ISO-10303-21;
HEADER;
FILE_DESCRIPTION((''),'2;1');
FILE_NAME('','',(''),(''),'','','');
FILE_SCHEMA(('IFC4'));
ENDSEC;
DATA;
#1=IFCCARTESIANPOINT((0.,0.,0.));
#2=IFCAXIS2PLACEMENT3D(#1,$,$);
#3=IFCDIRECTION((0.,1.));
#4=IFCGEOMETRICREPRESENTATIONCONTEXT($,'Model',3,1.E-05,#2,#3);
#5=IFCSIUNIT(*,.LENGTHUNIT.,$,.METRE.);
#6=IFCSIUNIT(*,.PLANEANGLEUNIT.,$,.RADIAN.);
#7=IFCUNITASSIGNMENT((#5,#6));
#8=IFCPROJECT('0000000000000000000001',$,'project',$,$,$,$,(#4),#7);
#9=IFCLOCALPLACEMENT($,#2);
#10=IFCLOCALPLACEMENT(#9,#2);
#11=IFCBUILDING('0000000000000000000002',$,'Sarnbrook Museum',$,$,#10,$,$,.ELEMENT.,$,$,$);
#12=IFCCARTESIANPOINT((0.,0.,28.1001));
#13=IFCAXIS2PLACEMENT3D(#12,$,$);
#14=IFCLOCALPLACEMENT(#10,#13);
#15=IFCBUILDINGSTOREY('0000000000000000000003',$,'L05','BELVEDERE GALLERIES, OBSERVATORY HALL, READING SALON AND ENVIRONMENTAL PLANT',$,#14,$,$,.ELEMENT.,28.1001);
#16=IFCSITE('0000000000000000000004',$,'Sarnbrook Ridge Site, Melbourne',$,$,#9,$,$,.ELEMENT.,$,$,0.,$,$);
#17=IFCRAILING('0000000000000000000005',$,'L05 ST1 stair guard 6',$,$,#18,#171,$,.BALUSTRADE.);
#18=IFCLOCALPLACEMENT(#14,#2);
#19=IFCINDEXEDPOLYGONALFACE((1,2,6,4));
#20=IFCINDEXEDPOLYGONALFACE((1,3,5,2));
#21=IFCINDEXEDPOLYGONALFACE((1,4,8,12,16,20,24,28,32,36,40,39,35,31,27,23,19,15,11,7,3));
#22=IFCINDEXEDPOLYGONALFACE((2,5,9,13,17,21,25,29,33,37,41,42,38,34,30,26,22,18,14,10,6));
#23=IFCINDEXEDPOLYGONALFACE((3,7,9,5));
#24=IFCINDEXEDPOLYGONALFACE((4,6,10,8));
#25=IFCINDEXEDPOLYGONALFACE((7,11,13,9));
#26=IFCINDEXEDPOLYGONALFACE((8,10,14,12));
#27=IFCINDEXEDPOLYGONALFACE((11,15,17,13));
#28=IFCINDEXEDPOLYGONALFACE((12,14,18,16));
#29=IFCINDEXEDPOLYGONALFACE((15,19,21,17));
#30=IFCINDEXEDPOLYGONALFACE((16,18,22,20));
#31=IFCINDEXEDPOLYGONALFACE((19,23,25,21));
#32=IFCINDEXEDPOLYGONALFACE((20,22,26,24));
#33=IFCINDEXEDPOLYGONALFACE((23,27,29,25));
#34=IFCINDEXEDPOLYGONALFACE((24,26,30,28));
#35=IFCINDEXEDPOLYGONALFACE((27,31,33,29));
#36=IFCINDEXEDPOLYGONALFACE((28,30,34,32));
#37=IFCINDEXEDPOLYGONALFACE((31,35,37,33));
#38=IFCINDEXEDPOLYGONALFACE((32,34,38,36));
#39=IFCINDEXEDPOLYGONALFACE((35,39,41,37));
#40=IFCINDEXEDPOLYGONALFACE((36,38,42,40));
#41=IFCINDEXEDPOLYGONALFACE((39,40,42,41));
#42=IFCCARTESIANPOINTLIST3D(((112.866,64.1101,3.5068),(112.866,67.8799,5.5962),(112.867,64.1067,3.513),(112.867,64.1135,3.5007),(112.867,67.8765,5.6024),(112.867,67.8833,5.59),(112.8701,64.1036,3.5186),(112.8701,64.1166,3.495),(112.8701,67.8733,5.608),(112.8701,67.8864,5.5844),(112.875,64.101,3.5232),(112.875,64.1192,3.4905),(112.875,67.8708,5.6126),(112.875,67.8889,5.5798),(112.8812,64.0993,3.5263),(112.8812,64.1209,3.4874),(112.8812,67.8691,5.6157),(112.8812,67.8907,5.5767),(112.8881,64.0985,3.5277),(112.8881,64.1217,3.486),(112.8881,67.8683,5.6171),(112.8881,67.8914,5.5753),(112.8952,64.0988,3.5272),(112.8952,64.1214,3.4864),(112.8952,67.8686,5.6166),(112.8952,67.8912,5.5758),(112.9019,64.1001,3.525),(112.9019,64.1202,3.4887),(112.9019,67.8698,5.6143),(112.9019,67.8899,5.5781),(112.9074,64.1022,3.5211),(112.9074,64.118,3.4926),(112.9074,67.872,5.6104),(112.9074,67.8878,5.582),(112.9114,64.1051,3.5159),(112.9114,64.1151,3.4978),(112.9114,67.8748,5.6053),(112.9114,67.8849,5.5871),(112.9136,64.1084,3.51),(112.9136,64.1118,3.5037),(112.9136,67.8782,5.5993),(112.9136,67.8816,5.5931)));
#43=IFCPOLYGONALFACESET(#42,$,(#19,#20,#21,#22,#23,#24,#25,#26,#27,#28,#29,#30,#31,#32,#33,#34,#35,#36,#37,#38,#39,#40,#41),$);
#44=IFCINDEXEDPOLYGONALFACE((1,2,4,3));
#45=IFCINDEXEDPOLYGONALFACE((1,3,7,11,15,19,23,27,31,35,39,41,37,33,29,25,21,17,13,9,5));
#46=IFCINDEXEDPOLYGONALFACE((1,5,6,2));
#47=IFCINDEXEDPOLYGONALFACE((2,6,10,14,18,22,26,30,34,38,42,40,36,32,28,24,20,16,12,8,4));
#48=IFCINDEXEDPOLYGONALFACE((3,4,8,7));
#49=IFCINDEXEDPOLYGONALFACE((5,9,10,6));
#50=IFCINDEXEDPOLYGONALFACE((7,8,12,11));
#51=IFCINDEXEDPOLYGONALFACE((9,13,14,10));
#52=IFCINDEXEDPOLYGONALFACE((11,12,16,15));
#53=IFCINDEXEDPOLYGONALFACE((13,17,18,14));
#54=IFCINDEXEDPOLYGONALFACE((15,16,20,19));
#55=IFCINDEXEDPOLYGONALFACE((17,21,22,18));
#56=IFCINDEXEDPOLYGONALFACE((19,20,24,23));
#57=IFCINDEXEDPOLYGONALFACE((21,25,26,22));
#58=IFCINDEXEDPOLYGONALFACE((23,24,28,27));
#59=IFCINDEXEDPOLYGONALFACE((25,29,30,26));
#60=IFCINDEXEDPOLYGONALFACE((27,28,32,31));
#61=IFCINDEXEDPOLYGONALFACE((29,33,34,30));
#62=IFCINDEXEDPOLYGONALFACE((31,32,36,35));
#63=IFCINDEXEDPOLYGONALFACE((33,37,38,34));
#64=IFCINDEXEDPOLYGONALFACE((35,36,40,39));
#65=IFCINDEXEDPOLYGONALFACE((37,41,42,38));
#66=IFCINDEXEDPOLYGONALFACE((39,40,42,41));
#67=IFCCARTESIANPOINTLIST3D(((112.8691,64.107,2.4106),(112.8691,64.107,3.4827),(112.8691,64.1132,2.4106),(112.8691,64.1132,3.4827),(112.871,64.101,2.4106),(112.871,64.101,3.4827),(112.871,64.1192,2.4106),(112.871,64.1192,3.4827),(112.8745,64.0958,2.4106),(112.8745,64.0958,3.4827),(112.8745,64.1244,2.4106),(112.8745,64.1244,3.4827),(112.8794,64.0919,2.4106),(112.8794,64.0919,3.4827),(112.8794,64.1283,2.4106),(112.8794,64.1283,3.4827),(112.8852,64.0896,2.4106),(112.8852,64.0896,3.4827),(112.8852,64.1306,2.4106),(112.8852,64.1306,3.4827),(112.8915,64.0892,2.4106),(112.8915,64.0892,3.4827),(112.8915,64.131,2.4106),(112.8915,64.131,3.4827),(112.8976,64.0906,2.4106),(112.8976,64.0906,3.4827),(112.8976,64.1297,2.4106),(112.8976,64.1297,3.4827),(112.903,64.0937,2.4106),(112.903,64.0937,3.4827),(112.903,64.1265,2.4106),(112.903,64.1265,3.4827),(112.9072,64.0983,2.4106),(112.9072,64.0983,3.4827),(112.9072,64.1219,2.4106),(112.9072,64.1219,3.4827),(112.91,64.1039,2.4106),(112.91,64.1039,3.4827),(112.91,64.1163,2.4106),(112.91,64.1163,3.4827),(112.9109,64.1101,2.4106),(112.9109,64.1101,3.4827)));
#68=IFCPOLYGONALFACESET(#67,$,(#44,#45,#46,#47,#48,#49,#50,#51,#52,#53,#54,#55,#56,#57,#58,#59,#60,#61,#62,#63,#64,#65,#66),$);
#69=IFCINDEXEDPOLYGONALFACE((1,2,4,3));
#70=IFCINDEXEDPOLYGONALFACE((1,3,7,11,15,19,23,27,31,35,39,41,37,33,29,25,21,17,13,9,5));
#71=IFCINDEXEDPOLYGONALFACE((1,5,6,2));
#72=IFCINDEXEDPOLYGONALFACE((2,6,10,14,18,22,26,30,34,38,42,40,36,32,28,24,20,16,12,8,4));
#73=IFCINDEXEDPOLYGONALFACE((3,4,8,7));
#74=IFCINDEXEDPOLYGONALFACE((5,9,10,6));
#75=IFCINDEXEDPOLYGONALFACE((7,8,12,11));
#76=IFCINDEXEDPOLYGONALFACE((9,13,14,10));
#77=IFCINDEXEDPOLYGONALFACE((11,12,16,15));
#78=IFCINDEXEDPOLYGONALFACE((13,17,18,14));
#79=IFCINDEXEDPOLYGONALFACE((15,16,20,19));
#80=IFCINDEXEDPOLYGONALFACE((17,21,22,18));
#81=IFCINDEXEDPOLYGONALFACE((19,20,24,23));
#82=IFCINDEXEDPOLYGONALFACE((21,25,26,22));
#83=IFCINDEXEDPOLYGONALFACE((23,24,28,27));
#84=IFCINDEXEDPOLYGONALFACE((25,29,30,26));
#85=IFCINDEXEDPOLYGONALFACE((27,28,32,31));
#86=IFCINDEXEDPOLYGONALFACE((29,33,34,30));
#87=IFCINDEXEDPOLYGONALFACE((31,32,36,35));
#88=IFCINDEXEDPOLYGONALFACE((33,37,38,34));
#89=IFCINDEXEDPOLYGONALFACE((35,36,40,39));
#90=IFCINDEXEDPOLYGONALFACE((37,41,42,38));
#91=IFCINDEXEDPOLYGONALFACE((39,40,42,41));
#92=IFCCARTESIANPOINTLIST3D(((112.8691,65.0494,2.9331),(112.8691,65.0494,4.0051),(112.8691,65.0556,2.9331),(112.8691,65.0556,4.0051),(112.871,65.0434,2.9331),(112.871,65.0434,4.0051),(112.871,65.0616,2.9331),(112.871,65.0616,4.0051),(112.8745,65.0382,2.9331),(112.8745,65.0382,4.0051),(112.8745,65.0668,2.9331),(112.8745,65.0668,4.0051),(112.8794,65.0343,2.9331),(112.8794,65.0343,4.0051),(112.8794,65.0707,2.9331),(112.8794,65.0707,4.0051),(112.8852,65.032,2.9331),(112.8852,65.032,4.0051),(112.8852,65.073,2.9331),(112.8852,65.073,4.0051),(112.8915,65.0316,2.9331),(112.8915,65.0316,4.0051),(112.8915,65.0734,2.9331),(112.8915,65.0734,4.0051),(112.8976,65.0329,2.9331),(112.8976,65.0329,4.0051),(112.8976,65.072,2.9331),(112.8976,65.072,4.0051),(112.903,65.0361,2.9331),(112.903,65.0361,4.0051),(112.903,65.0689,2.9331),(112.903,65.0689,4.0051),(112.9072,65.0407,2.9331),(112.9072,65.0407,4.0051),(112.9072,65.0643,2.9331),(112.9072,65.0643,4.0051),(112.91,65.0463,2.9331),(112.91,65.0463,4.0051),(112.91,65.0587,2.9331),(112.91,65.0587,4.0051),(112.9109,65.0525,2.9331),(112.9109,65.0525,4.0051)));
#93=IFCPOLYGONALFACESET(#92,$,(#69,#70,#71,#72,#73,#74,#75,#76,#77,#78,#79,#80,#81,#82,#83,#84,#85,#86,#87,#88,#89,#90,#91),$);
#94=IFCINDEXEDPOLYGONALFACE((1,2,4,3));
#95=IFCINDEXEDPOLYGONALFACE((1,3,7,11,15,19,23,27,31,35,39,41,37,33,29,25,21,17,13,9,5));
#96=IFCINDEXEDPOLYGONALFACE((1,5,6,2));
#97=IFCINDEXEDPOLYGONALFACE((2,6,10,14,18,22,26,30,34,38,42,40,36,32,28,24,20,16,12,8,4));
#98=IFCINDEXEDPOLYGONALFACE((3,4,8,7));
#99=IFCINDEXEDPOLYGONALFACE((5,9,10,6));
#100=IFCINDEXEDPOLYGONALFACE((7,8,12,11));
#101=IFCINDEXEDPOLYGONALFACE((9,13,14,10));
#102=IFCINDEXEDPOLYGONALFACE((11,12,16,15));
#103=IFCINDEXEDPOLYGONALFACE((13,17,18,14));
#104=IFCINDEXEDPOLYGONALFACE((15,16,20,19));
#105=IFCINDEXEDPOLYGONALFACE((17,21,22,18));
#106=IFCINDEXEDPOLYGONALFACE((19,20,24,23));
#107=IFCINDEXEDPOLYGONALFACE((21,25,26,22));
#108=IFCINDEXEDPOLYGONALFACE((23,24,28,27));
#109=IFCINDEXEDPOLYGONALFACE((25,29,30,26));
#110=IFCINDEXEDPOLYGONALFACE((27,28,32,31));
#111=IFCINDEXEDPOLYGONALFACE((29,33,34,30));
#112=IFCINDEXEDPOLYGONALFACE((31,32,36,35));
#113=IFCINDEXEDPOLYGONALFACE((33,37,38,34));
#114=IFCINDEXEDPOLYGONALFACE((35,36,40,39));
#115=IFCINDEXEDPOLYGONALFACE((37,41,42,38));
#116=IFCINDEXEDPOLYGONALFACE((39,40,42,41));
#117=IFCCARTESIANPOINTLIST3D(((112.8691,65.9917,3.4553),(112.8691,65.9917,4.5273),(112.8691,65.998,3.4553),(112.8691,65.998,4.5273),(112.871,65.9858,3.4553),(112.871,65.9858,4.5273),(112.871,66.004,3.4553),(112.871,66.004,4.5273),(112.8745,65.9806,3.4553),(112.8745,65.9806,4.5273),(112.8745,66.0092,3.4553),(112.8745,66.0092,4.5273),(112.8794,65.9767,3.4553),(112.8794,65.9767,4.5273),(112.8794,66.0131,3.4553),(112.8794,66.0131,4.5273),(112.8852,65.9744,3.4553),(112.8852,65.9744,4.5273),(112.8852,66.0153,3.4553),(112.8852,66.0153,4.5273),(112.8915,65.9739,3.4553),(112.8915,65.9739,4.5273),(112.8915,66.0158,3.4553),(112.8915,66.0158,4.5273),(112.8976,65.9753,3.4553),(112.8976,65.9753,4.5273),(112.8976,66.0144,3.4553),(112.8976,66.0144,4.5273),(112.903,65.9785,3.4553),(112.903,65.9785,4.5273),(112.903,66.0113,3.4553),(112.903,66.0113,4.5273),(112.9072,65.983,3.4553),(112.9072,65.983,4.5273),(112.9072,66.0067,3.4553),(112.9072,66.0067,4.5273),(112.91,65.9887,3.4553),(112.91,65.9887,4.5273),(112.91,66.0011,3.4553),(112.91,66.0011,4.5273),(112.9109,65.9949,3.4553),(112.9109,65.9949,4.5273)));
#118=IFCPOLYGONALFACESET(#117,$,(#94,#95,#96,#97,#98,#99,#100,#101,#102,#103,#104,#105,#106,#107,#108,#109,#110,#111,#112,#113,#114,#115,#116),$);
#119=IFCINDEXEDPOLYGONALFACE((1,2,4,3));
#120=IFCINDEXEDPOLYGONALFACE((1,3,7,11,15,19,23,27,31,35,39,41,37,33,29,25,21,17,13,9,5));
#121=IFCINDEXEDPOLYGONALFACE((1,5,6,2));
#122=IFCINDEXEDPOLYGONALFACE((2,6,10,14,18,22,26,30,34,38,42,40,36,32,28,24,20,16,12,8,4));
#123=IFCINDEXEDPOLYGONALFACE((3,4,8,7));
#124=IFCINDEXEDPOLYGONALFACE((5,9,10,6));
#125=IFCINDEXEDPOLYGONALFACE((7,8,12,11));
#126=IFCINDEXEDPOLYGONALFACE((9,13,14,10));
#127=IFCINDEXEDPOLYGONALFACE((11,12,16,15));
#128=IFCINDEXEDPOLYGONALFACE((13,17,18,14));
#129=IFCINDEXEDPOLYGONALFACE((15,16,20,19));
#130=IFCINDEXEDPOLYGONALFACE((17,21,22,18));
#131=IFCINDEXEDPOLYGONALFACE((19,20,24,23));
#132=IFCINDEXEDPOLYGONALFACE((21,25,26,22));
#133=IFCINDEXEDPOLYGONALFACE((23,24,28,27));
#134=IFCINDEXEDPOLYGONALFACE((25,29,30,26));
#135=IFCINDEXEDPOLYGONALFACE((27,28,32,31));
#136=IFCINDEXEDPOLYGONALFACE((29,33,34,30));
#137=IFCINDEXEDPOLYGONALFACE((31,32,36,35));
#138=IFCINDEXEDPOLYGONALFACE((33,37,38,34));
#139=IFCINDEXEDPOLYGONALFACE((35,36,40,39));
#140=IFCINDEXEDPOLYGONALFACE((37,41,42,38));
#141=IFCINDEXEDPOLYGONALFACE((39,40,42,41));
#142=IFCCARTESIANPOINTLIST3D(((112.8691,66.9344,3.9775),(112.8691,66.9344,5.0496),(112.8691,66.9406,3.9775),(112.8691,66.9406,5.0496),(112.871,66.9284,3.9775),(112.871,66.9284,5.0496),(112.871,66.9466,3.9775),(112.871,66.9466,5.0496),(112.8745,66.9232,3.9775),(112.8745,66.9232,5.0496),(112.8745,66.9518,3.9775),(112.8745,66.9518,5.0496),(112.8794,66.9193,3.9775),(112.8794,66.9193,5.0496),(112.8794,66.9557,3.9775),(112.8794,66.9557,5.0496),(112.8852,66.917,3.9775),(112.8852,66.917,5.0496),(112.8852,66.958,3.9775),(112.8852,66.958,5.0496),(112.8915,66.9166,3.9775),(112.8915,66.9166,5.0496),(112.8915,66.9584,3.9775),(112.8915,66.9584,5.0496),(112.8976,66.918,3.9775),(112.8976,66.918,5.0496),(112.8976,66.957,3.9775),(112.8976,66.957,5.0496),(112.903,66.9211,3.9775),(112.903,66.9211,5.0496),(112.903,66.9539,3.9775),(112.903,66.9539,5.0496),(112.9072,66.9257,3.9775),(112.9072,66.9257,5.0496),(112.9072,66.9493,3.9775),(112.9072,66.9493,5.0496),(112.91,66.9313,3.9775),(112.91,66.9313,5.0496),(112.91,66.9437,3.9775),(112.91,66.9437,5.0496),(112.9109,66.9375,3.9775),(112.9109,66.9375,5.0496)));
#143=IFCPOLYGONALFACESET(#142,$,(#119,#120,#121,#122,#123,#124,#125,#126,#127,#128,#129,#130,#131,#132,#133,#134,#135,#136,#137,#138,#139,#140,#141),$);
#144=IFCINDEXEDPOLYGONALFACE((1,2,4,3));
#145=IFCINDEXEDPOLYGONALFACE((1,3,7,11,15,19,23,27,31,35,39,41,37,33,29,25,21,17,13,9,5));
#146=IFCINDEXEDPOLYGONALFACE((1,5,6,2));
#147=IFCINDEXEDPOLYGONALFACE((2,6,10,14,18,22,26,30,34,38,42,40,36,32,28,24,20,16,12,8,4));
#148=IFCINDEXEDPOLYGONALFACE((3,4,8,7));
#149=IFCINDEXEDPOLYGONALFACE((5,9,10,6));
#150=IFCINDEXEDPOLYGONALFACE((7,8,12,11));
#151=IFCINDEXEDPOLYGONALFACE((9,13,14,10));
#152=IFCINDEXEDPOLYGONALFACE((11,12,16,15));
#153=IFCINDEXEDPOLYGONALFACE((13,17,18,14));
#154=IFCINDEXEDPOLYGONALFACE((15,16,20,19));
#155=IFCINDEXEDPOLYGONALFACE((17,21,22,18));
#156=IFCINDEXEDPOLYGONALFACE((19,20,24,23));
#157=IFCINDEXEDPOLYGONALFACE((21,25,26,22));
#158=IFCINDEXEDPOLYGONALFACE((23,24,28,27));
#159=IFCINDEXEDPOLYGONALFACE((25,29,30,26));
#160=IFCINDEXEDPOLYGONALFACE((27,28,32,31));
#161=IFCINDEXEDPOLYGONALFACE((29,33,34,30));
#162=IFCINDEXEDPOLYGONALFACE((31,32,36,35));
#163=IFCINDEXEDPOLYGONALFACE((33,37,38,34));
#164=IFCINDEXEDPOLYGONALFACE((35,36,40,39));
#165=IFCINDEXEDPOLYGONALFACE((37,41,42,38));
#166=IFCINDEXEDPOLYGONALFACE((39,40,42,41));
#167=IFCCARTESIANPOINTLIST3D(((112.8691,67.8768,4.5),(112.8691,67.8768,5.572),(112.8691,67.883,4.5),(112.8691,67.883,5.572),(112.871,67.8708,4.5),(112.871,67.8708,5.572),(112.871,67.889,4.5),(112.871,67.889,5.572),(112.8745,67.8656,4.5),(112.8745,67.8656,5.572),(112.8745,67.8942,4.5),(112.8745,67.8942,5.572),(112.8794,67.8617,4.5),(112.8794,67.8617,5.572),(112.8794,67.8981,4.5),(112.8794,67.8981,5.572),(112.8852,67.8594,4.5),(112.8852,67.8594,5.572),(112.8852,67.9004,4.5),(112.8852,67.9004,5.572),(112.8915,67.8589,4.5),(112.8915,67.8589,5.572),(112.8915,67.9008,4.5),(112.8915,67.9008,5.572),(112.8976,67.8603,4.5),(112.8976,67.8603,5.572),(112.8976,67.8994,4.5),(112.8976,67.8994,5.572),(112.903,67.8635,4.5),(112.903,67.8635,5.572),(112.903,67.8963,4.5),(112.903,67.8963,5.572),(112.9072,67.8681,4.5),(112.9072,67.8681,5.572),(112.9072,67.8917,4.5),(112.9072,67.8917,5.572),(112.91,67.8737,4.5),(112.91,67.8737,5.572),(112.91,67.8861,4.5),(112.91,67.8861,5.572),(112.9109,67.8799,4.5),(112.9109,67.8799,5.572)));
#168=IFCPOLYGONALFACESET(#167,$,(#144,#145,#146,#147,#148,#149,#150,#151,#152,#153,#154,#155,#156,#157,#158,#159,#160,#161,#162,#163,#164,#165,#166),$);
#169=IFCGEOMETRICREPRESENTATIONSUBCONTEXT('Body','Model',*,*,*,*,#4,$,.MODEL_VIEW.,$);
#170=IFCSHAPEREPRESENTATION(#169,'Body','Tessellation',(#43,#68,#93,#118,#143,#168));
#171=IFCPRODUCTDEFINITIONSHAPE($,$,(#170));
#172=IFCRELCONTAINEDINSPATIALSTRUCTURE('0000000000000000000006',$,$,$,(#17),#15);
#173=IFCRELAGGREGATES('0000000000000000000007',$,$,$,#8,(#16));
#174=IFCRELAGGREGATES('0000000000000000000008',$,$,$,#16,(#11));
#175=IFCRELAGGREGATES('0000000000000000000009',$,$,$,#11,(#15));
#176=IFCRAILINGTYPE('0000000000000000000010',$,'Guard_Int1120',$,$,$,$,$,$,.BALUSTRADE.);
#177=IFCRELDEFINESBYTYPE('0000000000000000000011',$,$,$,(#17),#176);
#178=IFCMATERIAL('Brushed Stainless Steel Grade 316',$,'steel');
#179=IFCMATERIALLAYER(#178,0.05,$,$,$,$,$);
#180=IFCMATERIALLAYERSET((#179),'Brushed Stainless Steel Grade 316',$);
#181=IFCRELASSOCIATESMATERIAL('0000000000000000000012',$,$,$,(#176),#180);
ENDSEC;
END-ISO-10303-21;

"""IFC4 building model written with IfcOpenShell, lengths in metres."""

from ifc_helpers import new_model, si_unit, direction, frame, origin, origin_2d, place, context, subcontext, project, spatial, circle, extrude, material, layer, layer_set, type_object, element, save


model = new_model("IFC4")

# Units and contexts
model_context = context("Model", 3, precision=1e-05, world=origin(), true_north=direction((0.0, 1.0)))
body_context = subcontext(model_context, "Body", "Model", "MODEL_VIEW")
ifc_project = project(units=[si_unit("LENGTHUNIT", "METRE"), si_unit("PLANEANGLEUNIT", "RADIAN")], contexts=[model_context])

# Site, building, storey
site_placement = place(None, origin())
site = spatial("IfcSite", under=ifc_project, at=site_placement, Name="Sarnbrook Ridge Site, Melbourne", CompositionType="ELEMENT", RefElevation=0.0)
building_placement = place(site_placement, origin())
building = spatial("IfcBuilding", under=site, at=building_placement, Name="Sarnbrook Museum", CompositionType="ELEMENT")
storey_placement = place(building_placement, frame((0.0, 0.0, 28.1001)))
storey = spatial("IfcBuildingStorey", under=building, at=storey_placement, Name="L05", Description="BELVEDERE GALLERIES, OBSERVATORY HALL, READING SALON AND ENVIRONMENTAL PLANT", CompositionType="ELEMENT", Elevation=28.1001)

# Shared definitions
ifc_material_1 = material(Name="Brushed Stainless Steel Grade 316", Category="steel")

# Railing
ifc_layer_1 = layer(ifc_material_1, 0.05)
ifc_layer_set_1 = layer_set([ifc_layer_1], Name="Brushed Stainless Steel Grade 316")
railing_type_1 = type_object("IfcRailingType", Name="Guard_Int1120", PredefinedType="BALUSTRADE", material=ifc_layer_set_1)
railing_1_placement = place(storey_placement, frame((112.8899, 64.1101, 2.4106)))
element("IfcRailing", 1, at=railing_1_placement, inside=storey, type_object=railing_type_1, Name="L05 ST1 stair guard 6", PredefinedType="BALUSTRADE", context=body_context, shape_type="SweptSolid", body=[
    extrude(circle(Radius=0.0239, at=origin_2d()), frame((0.0, 0.0, 1.0962), z_axis=(0.0, 0.874646, 0.484763), x_axis=(-1.0, 0.0, 0.0)), (0.0, 0.0, 1.0), 4.3101),
    extrude(circle(Radius=0.021, at=origin_2d()), origin(), (0.0, 0.0, 1.0), 1.072),
    extrude(circle(Radius=0.021, at=origin_2d()), frame((0.0, 0.9424, 0.5225)), (0.0, 0.0, 1.0), 1.072),
    extrude(circle(Radius=0.021, at=origin_2d()), frame((0.0, 1.8848, 1.0447)), (0.0, 0.0, 1.0), 1.072),
    extrude(circle(Radius=0.021, at=origin_2d()), frame((0.0, 2.8274, 1.5669)), (0.0, 0.0, 1.0), 1.072),
    extrude(circle(Radius=0.021, at=origin_2d()), frame((0.0, 3.7698, 2.0894)), (0.0, 0.0, 1.0), 1.072),
])

save(model, "model.ifc")
